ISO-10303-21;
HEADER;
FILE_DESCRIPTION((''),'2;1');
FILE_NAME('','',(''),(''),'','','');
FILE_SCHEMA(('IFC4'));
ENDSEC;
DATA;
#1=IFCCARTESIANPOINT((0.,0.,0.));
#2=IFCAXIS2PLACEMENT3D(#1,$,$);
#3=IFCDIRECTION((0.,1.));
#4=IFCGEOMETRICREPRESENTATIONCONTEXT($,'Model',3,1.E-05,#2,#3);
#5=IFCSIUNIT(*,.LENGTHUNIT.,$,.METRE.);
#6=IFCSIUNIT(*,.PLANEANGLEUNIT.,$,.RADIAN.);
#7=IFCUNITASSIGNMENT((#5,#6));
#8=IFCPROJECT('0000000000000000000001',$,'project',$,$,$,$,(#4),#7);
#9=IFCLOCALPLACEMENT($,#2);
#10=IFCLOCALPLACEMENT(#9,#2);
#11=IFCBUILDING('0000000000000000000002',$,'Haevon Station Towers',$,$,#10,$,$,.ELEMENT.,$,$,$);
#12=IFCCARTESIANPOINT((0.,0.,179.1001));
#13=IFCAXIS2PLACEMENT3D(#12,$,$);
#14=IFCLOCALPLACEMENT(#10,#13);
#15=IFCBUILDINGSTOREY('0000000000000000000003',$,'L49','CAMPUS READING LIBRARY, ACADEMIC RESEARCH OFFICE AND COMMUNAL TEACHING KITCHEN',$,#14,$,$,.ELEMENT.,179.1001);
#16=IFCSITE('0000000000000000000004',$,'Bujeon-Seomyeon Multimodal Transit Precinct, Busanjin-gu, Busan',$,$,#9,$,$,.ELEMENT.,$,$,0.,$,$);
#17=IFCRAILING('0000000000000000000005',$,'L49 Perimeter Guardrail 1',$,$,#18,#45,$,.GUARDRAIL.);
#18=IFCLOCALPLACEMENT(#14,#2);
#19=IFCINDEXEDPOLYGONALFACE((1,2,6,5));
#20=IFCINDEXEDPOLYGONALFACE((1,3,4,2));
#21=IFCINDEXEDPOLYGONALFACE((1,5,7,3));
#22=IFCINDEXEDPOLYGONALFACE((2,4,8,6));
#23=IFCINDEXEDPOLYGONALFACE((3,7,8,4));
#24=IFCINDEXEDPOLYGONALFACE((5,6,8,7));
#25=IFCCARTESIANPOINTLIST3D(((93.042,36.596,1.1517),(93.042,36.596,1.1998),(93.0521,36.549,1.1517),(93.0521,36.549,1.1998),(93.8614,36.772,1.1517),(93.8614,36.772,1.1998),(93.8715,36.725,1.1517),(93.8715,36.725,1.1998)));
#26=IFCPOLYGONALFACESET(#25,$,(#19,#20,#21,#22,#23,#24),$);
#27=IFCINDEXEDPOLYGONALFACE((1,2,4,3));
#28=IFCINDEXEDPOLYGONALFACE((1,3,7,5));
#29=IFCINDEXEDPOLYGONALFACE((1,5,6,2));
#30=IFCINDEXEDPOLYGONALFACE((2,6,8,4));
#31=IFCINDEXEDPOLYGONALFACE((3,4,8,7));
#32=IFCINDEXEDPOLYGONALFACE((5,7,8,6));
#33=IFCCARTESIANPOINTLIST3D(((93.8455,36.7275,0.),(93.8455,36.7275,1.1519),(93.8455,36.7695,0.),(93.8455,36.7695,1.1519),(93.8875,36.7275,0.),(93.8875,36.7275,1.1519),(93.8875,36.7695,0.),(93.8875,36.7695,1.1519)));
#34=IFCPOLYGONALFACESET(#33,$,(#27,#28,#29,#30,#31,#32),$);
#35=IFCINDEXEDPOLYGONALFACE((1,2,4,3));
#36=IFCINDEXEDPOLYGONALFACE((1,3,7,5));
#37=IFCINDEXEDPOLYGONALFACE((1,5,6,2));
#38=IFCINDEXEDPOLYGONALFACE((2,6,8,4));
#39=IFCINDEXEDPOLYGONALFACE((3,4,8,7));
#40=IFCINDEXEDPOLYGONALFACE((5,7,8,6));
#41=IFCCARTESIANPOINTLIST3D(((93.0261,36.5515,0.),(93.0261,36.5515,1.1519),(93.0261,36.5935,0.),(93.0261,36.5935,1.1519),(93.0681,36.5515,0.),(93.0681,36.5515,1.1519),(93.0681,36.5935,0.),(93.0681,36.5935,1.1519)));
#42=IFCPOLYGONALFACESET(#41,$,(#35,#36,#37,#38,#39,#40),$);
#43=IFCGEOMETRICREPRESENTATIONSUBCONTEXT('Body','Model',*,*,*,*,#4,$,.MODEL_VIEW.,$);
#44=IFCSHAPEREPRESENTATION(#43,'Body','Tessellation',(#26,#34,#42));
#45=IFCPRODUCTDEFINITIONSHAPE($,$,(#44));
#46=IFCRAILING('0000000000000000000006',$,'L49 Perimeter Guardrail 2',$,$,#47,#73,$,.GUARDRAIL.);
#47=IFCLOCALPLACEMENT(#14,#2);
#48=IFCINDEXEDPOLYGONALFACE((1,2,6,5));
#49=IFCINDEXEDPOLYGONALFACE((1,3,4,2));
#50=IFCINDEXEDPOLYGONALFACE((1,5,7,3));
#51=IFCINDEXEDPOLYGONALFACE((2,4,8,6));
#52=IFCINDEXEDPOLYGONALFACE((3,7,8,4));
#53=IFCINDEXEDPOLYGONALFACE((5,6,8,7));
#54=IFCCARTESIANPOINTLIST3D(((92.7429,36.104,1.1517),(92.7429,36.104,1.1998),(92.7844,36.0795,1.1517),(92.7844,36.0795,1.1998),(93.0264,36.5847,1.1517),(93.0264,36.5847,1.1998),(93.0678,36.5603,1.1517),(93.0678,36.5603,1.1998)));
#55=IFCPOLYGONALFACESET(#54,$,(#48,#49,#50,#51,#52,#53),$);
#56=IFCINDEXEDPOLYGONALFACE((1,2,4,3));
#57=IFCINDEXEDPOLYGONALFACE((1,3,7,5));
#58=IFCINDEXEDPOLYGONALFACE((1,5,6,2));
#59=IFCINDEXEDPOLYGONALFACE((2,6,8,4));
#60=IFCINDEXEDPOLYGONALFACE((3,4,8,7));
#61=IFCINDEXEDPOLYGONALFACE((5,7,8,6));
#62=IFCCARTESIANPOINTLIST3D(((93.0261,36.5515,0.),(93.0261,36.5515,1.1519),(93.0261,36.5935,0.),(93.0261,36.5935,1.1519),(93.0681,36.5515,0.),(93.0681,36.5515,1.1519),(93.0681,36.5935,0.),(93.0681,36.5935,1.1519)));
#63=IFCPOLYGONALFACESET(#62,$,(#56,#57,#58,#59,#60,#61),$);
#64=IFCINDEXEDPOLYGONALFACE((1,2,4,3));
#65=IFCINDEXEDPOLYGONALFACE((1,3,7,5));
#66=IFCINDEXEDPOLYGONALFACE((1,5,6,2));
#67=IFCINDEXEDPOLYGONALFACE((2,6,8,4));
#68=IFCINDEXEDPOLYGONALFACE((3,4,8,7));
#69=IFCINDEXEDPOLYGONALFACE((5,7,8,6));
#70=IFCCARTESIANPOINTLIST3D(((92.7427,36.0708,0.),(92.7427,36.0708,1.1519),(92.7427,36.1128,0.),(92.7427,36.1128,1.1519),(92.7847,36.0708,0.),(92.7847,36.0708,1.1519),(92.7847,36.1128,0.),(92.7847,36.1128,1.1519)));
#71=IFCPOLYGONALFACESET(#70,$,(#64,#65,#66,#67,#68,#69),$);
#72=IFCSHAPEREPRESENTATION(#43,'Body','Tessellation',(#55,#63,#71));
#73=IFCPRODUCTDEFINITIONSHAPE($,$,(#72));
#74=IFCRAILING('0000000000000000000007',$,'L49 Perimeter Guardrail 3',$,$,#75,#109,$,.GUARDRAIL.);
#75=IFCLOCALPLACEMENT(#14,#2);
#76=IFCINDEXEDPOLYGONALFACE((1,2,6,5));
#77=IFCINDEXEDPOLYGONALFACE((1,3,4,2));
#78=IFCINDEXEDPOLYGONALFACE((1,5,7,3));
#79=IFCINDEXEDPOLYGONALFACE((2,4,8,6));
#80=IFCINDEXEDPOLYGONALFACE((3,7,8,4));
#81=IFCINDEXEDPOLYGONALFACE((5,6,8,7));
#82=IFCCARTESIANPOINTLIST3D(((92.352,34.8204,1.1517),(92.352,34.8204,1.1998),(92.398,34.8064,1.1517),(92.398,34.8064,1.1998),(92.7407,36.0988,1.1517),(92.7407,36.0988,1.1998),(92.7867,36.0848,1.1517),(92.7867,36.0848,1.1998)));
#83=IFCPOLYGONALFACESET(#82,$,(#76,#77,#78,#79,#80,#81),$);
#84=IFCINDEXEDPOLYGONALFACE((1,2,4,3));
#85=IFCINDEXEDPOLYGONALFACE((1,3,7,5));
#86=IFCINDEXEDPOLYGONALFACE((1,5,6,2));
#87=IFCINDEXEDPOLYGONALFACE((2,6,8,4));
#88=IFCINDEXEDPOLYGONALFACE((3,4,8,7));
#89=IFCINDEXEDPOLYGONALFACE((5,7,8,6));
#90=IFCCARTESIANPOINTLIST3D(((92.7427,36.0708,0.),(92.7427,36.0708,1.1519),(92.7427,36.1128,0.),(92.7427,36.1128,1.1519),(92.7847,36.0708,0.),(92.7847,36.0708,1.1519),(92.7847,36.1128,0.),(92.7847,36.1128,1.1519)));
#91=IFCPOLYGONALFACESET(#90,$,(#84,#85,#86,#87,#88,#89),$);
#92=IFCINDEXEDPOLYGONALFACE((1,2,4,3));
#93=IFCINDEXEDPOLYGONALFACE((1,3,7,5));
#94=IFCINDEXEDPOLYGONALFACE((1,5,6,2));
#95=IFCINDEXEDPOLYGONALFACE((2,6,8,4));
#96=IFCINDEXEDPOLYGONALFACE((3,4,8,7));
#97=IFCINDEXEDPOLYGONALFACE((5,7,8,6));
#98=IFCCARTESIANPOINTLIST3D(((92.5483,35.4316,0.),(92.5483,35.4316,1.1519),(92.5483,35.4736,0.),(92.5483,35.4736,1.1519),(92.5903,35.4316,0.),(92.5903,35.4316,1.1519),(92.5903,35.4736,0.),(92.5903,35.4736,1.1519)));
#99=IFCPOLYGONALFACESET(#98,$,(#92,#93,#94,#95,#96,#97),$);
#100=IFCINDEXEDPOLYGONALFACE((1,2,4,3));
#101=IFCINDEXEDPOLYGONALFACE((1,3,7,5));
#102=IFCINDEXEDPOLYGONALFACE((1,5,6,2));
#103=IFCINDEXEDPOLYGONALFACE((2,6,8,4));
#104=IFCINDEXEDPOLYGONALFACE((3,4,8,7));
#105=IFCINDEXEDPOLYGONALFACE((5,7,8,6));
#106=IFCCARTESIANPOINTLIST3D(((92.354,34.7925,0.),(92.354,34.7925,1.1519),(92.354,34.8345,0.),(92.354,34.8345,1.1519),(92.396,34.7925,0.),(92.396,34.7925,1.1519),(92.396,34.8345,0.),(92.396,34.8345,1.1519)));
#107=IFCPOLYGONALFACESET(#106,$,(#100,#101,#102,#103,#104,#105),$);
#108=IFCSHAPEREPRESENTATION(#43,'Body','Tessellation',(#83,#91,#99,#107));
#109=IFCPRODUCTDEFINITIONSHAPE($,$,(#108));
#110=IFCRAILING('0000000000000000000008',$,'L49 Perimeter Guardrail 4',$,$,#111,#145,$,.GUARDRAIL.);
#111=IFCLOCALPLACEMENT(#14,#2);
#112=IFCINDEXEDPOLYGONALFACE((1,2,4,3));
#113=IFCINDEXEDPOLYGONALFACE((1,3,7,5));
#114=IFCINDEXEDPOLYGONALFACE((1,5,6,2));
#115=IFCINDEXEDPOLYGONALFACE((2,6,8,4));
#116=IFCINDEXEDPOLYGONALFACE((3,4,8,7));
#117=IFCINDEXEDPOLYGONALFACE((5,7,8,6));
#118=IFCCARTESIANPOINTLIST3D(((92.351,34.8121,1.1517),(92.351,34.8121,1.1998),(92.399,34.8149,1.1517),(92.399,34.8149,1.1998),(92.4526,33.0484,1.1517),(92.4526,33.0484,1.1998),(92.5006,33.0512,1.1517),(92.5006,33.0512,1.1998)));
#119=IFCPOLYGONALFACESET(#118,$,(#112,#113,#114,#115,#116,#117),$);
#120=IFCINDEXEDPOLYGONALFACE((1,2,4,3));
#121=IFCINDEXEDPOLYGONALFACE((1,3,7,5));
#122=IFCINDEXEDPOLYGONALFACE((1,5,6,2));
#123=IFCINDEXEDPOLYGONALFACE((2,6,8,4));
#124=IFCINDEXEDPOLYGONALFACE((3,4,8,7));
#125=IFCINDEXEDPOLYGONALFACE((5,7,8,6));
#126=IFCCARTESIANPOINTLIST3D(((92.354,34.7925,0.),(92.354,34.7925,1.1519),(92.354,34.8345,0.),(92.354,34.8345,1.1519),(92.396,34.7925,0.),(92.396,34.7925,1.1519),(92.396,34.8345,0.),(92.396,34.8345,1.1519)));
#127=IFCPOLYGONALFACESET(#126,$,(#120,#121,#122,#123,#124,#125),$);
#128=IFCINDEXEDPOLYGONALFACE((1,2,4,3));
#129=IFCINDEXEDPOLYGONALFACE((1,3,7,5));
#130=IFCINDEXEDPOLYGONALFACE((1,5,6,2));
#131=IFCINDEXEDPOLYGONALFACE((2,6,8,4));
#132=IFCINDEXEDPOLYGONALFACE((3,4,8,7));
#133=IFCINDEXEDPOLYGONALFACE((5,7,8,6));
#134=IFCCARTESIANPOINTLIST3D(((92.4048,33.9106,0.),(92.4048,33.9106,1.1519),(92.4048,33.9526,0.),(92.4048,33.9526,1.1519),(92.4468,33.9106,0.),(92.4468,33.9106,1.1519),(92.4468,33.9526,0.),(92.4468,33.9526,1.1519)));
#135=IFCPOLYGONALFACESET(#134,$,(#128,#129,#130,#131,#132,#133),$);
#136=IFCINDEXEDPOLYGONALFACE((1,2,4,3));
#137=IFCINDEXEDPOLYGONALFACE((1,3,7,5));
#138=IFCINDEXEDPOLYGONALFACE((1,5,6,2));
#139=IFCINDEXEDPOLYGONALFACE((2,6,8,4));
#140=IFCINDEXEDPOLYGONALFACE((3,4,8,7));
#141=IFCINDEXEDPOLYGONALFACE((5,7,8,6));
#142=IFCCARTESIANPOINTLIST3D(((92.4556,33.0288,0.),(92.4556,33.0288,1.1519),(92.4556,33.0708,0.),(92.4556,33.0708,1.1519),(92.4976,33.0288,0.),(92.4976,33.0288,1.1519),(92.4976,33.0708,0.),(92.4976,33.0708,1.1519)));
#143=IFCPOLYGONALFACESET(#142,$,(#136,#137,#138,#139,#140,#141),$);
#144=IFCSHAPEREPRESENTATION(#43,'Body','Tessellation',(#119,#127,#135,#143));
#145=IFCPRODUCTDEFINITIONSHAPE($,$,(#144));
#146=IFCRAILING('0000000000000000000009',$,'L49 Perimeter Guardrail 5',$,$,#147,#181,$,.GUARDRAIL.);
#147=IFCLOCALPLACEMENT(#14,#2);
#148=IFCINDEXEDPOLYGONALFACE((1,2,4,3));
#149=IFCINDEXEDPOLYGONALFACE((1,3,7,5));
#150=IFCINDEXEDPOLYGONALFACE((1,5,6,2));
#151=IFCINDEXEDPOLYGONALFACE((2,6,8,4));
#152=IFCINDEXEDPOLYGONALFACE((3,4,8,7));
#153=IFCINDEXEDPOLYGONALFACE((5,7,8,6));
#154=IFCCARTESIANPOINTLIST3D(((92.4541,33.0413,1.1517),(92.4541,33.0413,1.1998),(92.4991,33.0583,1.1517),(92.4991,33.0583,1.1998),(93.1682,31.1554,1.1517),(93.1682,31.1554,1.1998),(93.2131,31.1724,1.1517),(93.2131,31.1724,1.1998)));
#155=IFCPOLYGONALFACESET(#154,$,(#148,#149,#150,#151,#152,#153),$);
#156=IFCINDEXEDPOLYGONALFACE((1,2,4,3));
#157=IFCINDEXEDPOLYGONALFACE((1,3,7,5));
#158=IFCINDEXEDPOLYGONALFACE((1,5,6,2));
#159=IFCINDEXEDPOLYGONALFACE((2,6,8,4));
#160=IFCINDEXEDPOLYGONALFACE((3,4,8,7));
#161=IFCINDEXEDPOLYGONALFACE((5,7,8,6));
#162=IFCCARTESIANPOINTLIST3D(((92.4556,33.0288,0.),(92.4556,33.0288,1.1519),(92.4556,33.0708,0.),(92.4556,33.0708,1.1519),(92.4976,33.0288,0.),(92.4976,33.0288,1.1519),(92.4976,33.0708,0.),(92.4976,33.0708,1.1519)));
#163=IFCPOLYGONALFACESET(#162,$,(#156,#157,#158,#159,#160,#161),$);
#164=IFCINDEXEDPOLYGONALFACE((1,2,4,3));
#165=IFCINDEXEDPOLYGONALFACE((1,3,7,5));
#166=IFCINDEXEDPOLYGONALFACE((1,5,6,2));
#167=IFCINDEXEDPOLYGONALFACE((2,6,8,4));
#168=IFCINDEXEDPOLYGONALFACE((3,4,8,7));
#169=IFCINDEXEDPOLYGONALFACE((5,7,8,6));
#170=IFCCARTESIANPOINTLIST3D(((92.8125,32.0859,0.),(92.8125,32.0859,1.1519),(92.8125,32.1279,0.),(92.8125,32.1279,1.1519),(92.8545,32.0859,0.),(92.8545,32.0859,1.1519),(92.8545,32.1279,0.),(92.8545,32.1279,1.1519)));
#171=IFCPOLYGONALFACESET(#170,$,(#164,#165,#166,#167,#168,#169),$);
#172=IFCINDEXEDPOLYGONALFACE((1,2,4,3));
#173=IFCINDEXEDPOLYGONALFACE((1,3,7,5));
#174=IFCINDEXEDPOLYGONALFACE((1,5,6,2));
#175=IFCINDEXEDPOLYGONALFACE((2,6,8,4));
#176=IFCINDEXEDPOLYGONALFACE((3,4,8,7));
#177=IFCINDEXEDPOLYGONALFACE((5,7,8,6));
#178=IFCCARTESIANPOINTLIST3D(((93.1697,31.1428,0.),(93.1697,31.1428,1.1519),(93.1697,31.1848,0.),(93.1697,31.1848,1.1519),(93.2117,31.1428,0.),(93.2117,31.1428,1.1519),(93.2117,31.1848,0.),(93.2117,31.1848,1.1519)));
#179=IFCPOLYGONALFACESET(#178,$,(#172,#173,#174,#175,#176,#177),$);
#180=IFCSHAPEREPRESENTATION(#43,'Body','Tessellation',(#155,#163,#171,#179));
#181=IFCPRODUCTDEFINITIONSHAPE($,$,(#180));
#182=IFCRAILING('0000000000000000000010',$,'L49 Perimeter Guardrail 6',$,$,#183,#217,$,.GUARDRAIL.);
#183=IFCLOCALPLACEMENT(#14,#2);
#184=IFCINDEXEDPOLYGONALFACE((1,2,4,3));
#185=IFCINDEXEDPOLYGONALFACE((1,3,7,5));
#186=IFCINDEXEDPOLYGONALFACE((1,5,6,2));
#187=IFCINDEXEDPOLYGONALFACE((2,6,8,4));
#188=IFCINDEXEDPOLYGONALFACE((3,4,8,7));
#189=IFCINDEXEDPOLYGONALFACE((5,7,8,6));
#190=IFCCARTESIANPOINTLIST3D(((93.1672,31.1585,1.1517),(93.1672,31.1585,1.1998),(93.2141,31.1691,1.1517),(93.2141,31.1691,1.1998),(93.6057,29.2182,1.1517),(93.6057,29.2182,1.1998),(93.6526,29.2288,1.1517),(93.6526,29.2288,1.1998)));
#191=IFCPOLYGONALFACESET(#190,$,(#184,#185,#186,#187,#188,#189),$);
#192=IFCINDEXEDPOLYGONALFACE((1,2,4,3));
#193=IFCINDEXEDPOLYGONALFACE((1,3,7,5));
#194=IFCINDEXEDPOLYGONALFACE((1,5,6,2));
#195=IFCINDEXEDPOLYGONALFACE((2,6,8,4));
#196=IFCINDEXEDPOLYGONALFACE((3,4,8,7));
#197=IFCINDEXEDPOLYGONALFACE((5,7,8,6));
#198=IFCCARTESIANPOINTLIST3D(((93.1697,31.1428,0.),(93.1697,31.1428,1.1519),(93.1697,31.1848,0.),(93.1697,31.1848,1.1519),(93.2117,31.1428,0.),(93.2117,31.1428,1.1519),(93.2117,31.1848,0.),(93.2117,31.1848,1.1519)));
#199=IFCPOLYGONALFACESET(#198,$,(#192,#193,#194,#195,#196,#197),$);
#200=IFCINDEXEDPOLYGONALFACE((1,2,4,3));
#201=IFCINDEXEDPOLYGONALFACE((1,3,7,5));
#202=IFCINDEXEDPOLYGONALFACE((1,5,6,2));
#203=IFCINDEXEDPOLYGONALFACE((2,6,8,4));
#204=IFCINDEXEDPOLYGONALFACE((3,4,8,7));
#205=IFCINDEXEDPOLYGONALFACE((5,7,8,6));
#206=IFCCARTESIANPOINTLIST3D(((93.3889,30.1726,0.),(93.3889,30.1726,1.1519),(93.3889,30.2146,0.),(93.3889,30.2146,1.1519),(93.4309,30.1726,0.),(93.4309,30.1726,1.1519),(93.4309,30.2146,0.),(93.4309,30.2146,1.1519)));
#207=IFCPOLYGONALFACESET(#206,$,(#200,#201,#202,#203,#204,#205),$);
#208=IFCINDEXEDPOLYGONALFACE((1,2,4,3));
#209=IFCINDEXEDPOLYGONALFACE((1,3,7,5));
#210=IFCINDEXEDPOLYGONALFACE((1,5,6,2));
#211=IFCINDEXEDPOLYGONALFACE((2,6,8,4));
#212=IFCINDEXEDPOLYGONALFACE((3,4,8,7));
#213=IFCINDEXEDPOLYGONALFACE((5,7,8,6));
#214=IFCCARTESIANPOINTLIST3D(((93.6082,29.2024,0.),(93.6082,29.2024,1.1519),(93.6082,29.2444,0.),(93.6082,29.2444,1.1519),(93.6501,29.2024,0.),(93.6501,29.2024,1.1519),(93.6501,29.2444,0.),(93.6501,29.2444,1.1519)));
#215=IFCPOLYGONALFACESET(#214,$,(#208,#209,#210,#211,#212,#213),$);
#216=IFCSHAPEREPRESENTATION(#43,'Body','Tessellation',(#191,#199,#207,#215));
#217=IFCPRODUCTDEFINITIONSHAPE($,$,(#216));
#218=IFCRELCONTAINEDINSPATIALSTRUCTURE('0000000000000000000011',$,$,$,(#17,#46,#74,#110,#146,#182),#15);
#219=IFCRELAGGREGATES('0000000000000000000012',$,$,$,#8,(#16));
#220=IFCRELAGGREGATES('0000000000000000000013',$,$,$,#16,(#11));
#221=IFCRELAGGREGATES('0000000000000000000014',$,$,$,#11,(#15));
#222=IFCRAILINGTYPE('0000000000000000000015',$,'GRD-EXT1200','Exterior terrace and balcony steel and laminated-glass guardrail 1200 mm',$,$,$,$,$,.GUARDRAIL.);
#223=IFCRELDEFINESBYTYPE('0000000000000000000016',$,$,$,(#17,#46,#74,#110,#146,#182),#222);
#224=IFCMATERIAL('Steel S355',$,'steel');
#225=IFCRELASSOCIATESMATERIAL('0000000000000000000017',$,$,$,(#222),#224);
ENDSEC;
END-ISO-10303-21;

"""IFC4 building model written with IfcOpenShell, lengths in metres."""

from ifc_helpers import new_model, si_unit, direction, frame, origin, origin_2d, place, context, subcontext, project, spatial, rectangle, extrude, material, type_object, element, save


model = new_model("IFC4")

# Units and contexts
model_context = context("Model", 3, precision=1e-05, world=origin(), true_north=direction((0.0, 1.0)))
body_context = subcontext(model_context, "Body", "Model", "MODEL_VIEW")
ifc_project = project(units=[si_unit("LENGTHUNIT", "METRE"), si_unit("PLANEANGLEUNIT", "RADIAN")], contexts=[model_context])

# Site, building, storey
site_placement = place(None, origin())
site = spatial("IfcSite", under=ifc_project, at=site_placement, Name="Bujeon-Seomyeon Multimodal Transit Precinct, Busanjin-gu, Busan", CompositionType="ELEMENT", RefElevation=0.0)
building_placement = place(site_placement, origin())
building = spatial("IfcBuilding", under=site, at=building_placement, Name="Haevon Station Towers", CompositionType="ELEMENT")
storey_placement = place(building_placement, frame((0.0, 0.0, 179.1001)))
storey = spatial("IfcBuildingStorey", under=building, at=storey_placement, Name="L49", Description="CAMPUS READING LIBRARY, ACADEMIC RESEARCH OFFICE AND COMMUNAL TEACHING KITCHEN", CompositionType="ELEMENT", Elevation=179.1001)

# Shared definitions
ifc_material_1 = material(Name="Steel S355", Category="steel")

# Railings
railing_type = type_object("IfcRailingType", Name="GRD-EXT1200", Description="Exterior terrace and balcony steel and laminated-glass guardrail 1200 mm", PredefinedType="GUARDRAIL", material=ifc_material_1)
railing_1_placement = place(storey_placement, frame((93.8665, 36.7485, 0.0)))
element("IfcRailing", 1, at=railing_1_placement, inside=storey, type_object=railing_type, Name="L49 Perimeter Guardrail 1", PredefinedType="GUARDRAIL", context=body_context, shape_type="SweptSolid", body=[
    extrude(rectangle(XDim=0.0481, YDim=0.0481, at=origin_2d()), frame((0.0, 0.0, 1.1758), z_axis=(-0.977691, -0.210046, 0.0), x_axis=(0.210046, -0.977691, 0.0)), (0.0, 0.0, 1.0), 0.8381),
    extrude(rectangle(XDim=0.042, YDim=0.042, at=origin_2d()), origin(), (0.0, 0.0, 1.0), 1.1519),
    extrude(rectangle(XDim=0.042, YDim=0.042, at=origin_2d()), frame((-0.8193, -0.176, 0.0)), (0.0, 0.0, 1.0), 1.1519),
])
railing_2_placement = place(storey_placement, frame((93.0471, 36.5725, 0.0)))
element("IfcRailing", 2, at=railing_2_placement, inside=storey, type_object=railing_type, Name="L49 Perimeter Guardrail 2", PredefinedType="GUARDRAIL", context=body_context, shape_type="SweptSolid", body=[
    extrude(rectangle(XDim=0.0481, YDim=0.0481, at=origin_2d()), frame((0.0, 0.0, 1.1758), z_axis=(-0.507918, -0.861405, 0.0), x_axis=(0.861405, -0.507918, 0.0)), (0.0, 0.0, 1.0), 0.5581),
    extrude(rectangle(XDim=0.042, YDim=0.042, at=origin_2d()), origin(), (0.0, 0.0, 1.0), 1.1519),
    extrude(rectangle(XDim=0.042, YDim=0.042, at=origin_2d()), frame((-0.2834, -0.4807, 0.0)), (0.0, 0.0, 1.0), 1.1519),
])
railing_3_placement = place(storey_placement, frame((92.7637, 36.0918, 0.0)))
element("IfcRailing", 3, at=railing_3_placement, inside=storey, type_object=railing_type, Name="L49 Perimeter Guardrail 3", PredefinedType="GUARDRAIL", context=body_context, shape_type="SweptSolid", body=[
    extrude(rectangle(XDim=0.0481, YDim=0.0481, at=origin_2d()), frame((0.0, 0.0, 1.1758), z_axis=(-0.2909, -0.956754, 0.0), x_axis=(0.956754, -0.2909, 0.0)), (0.0, 0.0, 1.0), 1.3362),
    extrude(rectangle(XDim=0.042, YDim=0.042, at=origin_2d()), origin(), (0.0, 0.0, 1.0), 1.1519),
    extrude(rectangle(XDim=0.042, YDim=0.042, at=origin_2d()), frame((-0.1943, -0.6392, 0.0)), (0.0, 0.0, 1.0), 1.1519),
    extrude(rectangle(XDim=0.042, YDim=0.042, at=origin_2d()), frame((-0.3887, -1.2783, 0.0)), (0.0, 0.0, 1.0), 1.1519),
])
railing_4_placement = place(storey_placement, frame((92.375, 34.8135, 0.0)))
element("IfcRailing", 4, at=railing_4_placement, inside=storey, type_object=railing_type, Name="L49 Perimeter Guardrail 4", PredefinedType="GUARDRAIL", context=body_context, shape_type="SweptSolid", body=[
    extrude(rectangle(XDim=0.0481, YDim=0.0481, at=origin_2d()), frame((0.0, 0.0, 1.1758), z_axis=(0.057491, -0.998346, 0.0), x_axis=(0.998346, 0.057491, 0.0)), (0.0, 0.0, 1.0), 1.7666),
    extrude(rectangle(XDim=0.042, YDim=0.042, at=origin_2d()), origin(), (0.0, 0.0, 1.0), 1.1519),
    extrude(rectangle(XDim=0.042, YDim=0.042, at=origin_2d()), frame((0.0508, -0.8818, 0.0)), (0.0, 0.0, 1.0), 1.1519),
    extrude(rectangle(XDim=0.042, YDim=0.042, at=origin_2d()), frame((0.1016, -1.7637, 0.0)), (0.0, 0.0, 1.0), 1.1519),
])
railing_5_placement = place(storey_placement, frame((92.4766, 33.0498, 0.0)))
element("IfcRailing", 5, at=railing_5_placement, inside=storey, type_object=railing_type, Name="L49 Perimeter Guardrail 5", PredefinedType="GUARDRAIL", context=body_context, shape_type="SweptSolid", body=[
    extrude(rectangle(XDim=0.0481, YDim=0.0481, at=origin_2d()), frame((0.0, 0.0, 1.1758), z_axis=(0.354107, -0.935205, 0.0), x_axis=(0.935205, 0.354107, 0.0)), (0.0, 0.0, 1.0), 2.0166),
    extrude(rectangle(XDim=0.042, YDim=0.042, at=origin_2d()), origin(), (0.0, 0.0, 1.0), 1.1519),
    extrude(rectangle(XDim=0.042, YDim=0.042, at=origin_2d()), frame((0.3569, -0.9429, 0.0)), (0.0, 0.0, 1.0), 1.1519),
    extrude(rectangle(XDim=0.042, YDim=0.042, at=origin_2d()), frame((0.7141, -1.886, 0.0)), (0.0, 0.0, 1.0), 1.1519),
])
railing_6_placement = place(storey_placement, frame((93.1907, 31.1638, 0.0)))
element("IfcRailing", 6, at=railing_6_placement, inside=storey, type_object=railing_type, Name="L49 Perimeter Guardrail 6", PredefinedType="GUARDRAIL", context=body_context, shape_type="SweptSolid", body=[
    extrude(rectangle(XDim=0.0481, YDim=0.0481, at=origin_2d()), frame((0.0, 0.0, 1.1758), z_axis=(0.220412, -0.975407, 0.0), x_axis=(0.975407, 0.220412, 0.0)), (0.0, 0.0, 1.0), 1.9893),
    extrude(rectangle(XDim=0.042, YDim=0.042, at=origin_2d()), origin(), (0.0, 0.0, 1.0), 1.1519),
    extrude(rectangle(XDim=0.042, YDim=0.042, at=origin_2d()), frame((0.2192, -0.9702, 0.0)), (0.0, 0.0, 1.0), 1.1519),
    extrude(rectangle(XDim=0.042, YDim=0.042, at=origin_2d()), frame((0.4385, -1.9404, 0.0)), (0.0, 0.0, 1.0), 1.1519),
])

save(model, "model.ifc")
